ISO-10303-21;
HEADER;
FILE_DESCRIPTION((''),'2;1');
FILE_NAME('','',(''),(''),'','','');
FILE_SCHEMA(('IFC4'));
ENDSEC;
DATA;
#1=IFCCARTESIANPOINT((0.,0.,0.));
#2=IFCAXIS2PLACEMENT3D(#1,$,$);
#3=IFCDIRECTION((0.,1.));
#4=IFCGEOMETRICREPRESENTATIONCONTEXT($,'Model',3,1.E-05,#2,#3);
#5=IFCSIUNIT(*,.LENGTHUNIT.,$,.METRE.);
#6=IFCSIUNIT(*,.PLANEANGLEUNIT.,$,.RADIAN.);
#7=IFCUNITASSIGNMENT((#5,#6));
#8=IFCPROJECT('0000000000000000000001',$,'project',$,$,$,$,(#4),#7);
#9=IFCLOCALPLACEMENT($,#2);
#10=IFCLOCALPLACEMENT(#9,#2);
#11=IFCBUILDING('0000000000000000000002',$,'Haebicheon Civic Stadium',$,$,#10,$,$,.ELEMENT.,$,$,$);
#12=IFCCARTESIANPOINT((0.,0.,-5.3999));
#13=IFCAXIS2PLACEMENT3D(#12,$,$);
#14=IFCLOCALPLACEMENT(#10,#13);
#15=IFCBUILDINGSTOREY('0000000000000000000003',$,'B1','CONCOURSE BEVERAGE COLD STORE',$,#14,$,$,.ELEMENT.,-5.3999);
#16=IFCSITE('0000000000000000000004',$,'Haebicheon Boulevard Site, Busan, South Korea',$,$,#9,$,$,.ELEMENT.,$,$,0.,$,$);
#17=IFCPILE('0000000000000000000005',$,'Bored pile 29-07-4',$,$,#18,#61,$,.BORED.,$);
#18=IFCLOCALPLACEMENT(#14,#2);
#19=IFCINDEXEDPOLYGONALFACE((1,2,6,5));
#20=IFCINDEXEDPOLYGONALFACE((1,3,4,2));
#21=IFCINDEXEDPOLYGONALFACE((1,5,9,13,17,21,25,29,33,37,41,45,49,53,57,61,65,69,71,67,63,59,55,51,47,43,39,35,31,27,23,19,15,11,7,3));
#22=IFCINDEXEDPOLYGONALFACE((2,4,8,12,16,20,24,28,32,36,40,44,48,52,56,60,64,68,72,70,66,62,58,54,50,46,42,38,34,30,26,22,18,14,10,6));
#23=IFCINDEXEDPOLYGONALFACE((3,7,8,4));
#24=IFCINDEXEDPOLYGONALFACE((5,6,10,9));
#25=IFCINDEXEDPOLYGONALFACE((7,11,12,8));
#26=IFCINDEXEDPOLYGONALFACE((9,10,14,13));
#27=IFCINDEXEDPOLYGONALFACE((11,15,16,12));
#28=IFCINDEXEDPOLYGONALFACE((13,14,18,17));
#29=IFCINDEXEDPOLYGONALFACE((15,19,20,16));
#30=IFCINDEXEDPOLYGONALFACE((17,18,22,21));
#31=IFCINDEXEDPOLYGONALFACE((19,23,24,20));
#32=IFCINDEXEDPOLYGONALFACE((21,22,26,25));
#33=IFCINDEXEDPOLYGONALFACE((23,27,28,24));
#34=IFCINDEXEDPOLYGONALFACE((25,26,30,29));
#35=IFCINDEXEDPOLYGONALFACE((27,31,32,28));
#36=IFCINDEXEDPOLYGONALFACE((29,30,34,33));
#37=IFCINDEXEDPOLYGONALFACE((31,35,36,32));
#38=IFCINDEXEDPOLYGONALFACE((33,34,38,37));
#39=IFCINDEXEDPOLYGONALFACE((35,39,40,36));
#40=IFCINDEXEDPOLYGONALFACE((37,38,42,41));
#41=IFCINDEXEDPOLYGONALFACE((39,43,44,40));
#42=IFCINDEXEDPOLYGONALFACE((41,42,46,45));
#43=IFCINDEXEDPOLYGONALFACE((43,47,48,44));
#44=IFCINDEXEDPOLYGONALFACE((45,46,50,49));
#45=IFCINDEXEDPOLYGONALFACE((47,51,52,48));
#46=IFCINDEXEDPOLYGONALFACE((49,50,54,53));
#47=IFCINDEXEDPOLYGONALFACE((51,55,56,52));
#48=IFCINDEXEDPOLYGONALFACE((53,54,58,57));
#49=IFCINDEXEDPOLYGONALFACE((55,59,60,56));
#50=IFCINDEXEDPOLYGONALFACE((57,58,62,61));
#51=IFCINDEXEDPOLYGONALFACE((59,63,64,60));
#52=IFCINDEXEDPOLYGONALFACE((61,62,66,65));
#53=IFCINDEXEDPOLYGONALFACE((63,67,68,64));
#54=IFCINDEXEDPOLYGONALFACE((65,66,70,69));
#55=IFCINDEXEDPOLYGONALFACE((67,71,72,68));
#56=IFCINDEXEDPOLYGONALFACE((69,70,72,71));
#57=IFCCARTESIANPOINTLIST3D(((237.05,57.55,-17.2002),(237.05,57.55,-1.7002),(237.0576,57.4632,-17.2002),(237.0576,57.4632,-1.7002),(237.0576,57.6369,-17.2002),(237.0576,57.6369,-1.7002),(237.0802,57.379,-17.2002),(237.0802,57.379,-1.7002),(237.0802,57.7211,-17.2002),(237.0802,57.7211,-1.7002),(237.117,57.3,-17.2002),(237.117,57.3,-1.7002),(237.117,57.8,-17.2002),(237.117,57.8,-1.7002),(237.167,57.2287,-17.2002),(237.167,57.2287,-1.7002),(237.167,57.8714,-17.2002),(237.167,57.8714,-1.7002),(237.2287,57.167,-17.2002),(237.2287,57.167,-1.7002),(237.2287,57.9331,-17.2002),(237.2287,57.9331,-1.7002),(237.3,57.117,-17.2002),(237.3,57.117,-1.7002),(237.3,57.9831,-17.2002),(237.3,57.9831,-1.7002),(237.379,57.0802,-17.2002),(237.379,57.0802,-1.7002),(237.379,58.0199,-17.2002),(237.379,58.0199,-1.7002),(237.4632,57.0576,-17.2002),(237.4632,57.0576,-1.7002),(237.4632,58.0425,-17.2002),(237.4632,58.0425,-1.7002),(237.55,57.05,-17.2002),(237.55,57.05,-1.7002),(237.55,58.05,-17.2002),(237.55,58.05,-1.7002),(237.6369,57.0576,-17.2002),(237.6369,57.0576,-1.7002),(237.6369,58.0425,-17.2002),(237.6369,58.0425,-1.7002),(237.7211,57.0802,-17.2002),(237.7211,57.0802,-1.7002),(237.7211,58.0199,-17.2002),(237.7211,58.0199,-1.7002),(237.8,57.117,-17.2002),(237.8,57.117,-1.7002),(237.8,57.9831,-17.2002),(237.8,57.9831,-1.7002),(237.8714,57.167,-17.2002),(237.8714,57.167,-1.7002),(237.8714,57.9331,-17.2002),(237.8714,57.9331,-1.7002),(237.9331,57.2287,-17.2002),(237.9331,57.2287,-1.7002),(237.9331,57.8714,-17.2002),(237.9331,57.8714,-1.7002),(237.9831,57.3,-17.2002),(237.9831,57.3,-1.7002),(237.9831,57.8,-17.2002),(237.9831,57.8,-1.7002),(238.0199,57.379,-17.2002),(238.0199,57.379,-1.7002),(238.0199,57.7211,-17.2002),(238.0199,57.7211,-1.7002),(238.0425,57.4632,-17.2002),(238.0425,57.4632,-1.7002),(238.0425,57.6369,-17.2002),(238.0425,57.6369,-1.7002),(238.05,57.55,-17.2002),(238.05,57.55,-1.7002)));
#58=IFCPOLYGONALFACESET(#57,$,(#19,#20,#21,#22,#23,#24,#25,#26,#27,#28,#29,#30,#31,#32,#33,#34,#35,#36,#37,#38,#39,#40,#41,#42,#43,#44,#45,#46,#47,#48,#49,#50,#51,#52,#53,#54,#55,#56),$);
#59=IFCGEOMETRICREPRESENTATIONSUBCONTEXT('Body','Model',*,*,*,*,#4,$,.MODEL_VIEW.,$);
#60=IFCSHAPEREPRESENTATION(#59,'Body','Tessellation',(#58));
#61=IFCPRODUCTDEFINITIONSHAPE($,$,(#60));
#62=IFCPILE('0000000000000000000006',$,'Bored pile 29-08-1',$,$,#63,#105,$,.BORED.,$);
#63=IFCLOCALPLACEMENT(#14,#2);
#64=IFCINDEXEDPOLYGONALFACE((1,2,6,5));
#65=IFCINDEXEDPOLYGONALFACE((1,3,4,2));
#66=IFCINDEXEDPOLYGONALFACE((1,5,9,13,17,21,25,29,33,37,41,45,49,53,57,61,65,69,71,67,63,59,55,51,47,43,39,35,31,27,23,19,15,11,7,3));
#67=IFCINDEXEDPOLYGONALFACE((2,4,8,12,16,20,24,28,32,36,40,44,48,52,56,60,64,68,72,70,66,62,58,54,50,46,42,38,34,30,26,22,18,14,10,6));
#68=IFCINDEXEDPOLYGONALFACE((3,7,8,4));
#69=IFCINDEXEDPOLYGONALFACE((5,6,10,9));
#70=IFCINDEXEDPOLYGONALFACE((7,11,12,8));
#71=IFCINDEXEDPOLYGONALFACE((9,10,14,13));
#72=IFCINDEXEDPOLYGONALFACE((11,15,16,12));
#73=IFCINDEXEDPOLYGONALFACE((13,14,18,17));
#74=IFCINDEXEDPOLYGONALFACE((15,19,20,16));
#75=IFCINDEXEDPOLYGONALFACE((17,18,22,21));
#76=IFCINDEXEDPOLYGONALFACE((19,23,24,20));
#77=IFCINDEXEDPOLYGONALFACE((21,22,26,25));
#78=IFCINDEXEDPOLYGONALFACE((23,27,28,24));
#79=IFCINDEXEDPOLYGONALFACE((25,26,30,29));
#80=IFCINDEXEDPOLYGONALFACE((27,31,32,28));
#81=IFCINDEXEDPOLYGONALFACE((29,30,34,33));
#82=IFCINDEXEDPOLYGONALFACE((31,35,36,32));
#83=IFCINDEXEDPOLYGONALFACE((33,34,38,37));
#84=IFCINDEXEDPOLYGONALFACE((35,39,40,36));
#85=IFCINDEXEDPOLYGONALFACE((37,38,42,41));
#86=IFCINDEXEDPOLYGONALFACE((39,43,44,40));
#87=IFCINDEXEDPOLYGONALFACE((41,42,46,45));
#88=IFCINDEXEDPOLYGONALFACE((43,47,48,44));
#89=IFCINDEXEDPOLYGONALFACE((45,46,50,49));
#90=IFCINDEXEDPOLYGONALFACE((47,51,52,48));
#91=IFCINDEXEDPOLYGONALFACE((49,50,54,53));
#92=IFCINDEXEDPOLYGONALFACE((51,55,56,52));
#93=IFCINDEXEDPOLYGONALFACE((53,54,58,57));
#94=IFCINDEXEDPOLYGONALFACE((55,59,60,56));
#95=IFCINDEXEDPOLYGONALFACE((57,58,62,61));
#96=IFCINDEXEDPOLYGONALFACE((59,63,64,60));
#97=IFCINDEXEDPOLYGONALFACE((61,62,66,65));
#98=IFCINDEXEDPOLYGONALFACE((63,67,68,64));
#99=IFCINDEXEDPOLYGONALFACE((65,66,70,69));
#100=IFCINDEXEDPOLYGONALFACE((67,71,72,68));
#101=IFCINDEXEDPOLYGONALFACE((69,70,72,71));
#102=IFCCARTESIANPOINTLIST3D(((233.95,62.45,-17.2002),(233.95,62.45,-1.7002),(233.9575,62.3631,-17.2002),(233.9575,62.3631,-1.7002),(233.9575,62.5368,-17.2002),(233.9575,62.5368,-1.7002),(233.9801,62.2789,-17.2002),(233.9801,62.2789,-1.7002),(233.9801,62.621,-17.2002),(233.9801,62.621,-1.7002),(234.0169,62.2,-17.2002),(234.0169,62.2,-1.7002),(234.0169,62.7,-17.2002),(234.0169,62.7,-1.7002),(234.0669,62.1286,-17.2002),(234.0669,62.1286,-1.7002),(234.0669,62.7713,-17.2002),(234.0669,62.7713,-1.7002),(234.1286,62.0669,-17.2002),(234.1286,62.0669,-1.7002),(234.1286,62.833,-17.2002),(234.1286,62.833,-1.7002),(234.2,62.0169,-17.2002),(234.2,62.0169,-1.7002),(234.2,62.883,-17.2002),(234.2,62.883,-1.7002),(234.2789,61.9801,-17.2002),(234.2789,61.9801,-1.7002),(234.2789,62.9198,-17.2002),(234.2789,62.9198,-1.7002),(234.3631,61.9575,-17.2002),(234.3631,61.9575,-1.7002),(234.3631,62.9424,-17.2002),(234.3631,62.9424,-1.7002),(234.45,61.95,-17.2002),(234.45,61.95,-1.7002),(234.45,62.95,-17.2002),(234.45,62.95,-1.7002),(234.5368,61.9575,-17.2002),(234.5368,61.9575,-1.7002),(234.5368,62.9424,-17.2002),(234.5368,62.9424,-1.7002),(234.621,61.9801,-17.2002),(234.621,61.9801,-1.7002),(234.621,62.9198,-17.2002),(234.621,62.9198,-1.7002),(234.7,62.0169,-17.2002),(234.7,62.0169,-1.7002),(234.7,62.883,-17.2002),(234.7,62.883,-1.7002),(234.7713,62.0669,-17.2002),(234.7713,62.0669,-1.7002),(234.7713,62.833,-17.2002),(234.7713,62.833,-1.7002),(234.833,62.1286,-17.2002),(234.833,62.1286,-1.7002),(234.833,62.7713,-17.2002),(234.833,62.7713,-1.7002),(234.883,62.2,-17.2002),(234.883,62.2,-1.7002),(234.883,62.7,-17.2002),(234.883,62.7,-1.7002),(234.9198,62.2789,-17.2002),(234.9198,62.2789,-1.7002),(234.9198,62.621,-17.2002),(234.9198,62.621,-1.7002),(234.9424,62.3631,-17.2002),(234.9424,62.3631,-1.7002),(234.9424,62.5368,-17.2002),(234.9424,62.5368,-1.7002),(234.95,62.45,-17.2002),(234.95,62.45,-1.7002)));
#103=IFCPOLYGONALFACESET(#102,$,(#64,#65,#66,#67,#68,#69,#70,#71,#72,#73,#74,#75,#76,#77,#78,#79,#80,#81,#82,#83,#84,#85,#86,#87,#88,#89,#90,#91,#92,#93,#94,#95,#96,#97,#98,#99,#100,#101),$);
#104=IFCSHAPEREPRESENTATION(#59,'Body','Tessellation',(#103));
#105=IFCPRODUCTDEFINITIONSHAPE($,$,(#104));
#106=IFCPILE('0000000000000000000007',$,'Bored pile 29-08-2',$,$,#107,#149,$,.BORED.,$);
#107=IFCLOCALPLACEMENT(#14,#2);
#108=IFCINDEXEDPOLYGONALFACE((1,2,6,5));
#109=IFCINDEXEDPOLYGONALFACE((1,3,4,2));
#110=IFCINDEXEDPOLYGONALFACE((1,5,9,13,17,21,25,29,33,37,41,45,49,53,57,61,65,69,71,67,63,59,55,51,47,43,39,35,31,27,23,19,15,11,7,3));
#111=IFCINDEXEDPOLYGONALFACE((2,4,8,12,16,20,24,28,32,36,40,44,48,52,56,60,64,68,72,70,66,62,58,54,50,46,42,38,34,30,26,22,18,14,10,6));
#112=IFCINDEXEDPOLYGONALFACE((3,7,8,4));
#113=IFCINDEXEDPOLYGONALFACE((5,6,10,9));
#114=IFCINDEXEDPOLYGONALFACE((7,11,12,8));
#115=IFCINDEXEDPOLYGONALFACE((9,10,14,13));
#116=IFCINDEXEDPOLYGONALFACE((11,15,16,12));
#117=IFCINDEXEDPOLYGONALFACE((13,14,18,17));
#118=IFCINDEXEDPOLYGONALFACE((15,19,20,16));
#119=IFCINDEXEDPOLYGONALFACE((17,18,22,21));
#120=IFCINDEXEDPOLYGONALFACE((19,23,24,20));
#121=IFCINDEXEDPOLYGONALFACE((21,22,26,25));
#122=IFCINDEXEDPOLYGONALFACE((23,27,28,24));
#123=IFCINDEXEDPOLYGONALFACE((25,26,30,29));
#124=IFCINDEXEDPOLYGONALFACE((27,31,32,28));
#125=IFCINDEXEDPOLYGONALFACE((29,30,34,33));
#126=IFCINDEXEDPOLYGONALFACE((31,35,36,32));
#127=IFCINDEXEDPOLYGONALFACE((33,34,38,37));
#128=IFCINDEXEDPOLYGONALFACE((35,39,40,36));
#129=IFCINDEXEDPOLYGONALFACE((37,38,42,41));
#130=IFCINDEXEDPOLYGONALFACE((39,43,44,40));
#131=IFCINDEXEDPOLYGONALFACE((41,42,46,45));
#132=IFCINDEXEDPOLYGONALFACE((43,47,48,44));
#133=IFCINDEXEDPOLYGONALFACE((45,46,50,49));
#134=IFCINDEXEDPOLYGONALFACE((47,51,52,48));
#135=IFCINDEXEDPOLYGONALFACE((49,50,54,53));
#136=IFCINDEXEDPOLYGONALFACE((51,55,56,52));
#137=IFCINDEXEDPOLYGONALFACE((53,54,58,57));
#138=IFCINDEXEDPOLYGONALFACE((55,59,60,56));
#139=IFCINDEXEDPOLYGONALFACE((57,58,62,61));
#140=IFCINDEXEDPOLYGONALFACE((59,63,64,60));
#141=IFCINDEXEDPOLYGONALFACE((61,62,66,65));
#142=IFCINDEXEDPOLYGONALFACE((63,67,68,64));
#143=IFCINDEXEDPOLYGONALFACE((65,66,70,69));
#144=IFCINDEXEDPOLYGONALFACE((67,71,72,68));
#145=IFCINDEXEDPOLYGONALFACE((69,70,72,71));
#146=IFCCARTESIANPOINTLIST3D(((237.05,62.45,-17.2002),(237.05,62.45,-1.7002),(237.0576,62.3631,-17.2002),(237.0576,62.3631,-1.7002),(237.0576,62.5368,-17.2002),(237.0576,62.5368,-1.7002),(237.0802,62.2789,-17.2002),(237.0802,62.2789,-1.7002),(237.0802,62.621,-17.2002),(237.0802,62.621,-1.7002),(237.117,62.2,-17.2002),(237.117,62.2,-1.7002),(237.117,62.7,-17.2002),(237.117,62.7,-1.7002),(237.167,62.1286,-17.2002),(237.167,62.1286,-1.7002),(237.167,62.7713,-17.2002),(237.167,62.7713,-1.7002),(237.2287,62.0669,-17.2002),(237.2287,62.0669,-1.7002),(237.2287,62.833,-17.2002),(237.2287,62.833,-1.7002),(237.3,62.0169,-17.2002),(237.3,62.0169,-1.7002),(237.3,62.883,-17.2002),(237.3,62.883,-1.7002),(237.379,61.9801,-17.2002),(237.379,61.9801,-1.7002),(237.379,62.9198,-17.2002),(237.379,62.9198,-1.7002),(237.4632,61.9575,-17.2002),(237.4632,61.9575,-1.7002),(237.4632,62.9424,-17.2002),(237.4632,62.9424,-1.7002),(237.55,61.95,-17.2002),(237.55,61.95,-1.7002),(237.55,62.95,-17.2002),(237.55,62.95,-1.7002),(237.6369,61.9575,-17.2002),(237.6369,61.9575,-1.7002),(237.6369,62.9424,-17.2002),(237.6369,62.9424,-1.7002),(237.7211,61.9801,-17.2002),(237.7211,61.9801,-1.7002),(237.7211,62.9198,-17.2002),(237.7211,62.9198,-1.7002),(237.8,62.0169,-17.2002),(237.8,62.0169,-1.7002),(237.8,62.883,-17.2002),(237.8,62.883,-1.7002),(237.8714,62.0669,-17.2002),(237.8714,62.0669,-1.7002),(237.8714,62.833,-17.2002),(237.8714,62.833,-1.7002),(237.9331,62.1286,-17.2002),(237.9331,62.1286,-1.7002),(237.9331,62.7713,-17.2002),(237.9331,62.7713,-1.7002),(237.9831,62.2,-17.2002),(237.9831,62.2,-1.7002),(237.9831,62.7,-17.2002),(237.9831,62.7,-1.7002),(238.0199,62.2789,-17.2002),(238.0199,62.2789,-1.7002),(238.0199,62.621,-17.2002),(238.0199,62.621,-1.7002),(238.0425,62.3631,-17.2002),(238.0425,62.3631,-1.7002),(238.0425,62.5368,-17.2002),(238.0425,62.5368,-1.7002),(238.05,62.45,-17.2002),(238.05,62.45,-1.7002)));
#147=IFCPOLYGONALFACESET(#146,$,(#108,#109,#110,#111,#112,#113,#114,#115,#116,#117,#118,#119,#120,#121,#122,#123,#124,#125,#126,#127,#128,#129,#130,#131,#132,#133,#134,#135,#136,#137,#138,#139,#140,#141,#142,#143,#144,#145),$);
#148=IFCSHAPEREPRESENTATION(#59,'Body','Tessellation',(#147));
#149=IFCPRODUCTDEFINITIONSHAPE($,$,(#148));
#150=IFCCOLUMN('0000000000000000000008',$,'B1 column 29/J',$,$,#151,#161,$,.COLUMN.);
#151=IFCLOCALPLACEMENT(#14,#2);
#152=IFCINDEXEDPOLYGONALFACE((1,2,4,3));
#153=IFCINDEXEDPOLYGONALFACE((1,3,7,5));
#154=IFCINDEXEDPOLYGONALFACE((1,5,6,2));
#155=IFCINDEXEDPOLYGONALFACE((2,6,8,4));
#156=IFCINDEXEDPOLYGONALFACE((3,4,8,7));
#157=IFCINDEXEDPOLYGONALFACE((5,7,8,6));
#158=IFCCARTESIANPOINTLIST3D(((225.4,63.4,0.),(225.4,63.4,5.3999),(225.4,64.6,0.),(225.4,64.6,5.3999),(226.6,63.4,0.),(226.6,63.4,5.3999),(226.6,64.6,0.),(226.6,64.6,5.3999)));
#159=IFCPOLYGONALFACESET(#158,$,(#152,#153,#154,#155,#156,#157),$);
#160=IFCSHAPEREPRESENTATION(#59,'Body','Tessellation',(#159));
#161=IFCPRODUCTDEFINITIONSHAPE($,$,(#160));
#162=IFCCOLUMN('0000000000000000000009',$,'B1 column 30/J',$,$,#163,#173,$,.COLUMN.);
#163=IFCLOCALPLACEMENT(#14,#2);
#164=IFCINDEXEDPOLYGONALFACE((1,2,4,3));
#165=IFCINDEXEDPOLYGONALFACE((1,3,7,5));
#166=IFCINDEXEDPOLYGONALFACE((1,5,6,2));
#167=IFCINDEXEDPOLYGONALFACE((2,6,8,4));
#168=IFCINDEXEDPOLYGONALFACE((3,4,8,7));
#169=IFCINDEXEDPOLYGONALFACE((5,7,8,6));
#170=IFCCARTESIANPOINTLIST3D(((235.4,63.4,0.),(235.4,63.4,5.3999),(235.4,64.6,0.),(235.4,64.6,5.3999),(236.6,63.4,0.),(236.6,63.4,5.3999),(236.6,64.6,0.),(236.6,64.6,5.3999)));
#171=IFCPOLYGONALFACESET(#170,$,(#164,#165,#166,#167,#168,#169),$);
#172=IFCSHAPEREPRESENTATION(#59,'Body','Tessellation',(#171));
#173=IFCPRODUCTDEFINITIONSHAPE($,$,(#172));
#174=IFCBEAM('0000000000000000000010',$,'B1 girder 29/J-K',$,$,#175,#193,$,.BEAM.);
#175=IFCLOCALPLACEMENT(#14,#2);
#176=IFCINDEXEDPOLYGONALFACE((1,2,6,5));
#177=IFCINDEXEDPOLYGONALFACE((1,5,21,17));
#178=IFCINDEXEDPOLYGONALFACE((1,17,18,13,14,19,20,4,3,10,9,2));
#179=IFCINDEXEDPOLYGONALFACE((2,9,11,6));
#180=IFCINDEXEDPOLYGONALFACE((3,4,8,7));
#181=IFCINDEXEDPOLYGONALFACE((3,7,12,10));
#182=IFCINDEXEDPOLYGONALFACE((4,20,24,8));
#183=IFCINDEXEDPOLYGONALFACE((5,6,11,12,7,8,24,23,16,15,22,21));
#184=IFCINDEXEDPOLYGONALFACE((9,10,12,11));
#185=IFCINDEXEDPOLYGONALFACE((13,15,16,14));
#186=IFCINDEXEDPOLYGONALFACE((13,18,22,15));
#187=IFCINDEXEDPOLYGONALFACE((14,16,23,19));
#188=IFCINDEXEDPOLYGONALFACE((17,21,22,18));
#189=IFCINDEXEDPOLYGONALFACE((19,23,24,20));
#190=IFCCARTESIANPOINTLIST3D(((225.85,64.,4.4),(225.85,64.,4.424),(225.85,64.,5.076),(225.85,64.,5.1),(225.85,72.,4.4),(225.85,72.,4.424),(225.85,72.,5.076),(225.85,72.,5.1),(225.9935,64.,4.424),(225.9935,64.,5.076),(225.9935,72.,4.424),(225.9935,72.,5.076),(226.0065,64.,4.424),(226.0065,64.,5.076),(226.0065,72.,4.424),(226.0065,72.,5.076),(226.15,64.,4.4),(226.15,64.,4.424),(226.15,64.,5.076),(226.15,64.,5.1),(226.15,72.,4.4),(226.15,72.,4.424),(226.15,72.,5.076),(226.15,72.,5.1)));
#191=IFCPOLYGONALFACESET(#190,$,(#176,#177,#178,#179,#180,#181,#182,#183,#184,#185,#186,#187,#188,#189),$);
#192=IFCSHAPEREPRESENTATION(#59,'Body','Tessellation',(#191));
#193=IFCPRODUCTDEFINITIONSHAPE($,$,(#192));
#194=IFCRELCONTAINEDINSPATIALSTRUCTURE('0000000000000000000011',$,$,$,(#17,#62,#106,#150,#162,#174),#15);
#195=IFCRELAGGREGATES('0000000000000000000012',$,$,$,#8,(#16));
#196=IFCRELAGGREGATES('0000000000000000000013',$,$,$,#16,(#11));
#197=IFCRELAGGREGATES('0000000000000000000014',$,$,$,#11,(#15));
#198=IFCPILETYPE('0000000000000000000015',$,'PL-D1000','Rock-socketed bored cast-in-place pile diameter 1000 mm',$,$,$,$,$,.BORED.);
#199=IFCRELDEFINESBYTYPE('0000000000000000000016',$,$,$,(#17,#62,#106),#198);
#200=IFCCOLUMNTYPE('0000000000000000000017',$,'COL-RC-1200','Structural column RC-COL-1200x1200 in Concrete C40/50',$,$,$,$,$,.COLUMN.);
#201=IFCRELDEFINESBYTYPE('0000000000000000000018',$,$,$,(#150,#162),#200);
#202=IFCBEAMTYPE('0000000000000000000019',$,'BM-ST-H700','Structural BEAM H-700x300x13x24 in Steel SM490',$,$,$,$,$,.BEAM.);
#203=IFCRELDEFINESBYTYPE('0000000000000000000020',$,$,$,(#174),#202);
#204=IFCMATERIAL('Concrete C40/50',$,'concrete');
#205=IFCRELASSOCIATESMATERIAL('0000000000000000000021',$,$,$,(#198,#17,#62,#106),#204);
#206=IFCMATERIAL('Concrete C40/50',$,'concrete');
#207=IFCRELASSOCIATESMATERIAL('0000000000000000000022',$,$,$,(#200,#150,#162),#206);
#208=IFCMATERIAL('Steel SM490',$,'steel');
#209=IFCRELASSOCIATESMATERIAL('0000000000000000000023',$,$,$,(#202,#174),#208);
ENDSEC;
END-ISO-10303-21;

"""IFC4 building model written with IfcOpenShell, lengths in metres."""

from ifc_helpers import new_model, si_unit, direction, frame, origin, origin_2d, place, context, subcontext, project, spatial, rectangle, circle, i_section, extrude, material, material_profile, profile_set, type_object, element, save


model = new_model("IFC4")

# Units and contexts
model_context = context("Model", 3, precision=1e-05, world=origin(), true_north=direction((0.0, 1.0)))
body_context = subcontext(model_context, "Body", "Model", "MODEL_VIEW")
ifc_project = project(units=[si_unit("LENGTHUNIT", "METRE"), si_unit("PLANEANGLEUNIT", "RADIAN")], contexts=[model_context])

# Site, building, storey
site_placement = place(None, origin())
site = spatial("IfcSite", under=ifc_project, at=site_placement, Name="Haebicheon Boulevard Site, Busan, South Korea", CompositionType="ELEMENT", RefElevation=0.0)
building_placement = place(site_placement, origin())
building = spatial("IfcBuilding", under=site, at=building_placement, Name="Haebicheon Civic Stadium", CompositionType="ELEMENT")
storey_placement = place(building_placement, frame((0.0, 0.0, -5.3999)))
storey = spatial("IfcBuildingStorey", under=building, at=storey_placement, Name="B1", Description="CONCOURSE BEVERAGE COLD STORE", CompositionType="ELEMENT", Elevation=-5.3999)

# Piles
ifc_material_1 = material(Name="Concrete C40/50", Category="concrete")
ifc_material_profile_1 = material_profile(ifc_material_1, circle(Radius=0.5, at=origin_2d()), Name="PILE-D1000")
ifc_profile_set_1 = profile_set([ifc_material_profile_1], Name="Concrete C40/50")
pile_type = type_object("IfcPileType", Name="PL-D1000", Description="Rock-socketed bored cast-in-place pile diameter 1000 mm", PredefinedType="BORED", material=ifc_profile_set_1)
for number, where, z_axis, x_axis, name in (
    (1, (237.55, 57.55, -1.7002), (0.0, 0.0, -1.0), (1.0, 0.0, 0.0), "Bored pile 29-07-4"),
    (2, (234.45, 62.45, -1.7002), (0.0, 0.0, -1.0), (1.0, 0.0, 0.0), "Bored pile 29-08-1"),
    (3, (237.55, 62.45, -1.7002), (0.0, 0.0, -1.0), (1.0, 0.0, 0.0), "Bored pile 29-08-2"),
):
    element("IfcPile", number, at=place(storey_placement, frame(where, z_axis=z_axis, x_axis=x_axis)), inside=storey, type_object=pile_type, material=ifc_profile_set_1, Name=name, PredefinedType="BORED", context=body_context, shape_type="SweptSolid", body=[
        extrude(circle(Radius=0.5, at=origin_2d()), origin(), (0.0, 0.0, 1.0), 15.5),
    ])

# Columns
ifc_material_2 = material(Name="Concrete C40/50", Category="concrete")
ifc_material_profile_2 = material_profile(ifc_material_2, rectangle(XDim=1.2, YDim=1.2, at=origin_2d()), Name="RC-COL-1200x1200")
ifc_profile_set_2 = profile_set([ifc_material_profile_2], Name="Concrete C40/50")
column_type = type_object("IfcColumnType", Name="COL-RC-1200", Description="Structural column RC-COL-1200x1200 in Concrete C40/50", PredefinedType="COLUMN", material=ifc_profile_set_2)
for number, where, z_axis, x_axis, name in (
    (4, (226.0, 64.0, 0.0), (0.0, 0.0, 1.0), (1.0, 0.0, 0.0), "B1 column 29/J"),
    (5, (236.0, 64.0, 0.0), (0.0, 0.0, 1.0), (1.0, 0.0, 0.0), "B1 column 30/J"),
):
    element("IfcColumn", number, at=place(storey_placement, frame(where, z_axis=z_axis, x_axis=x_axis)), inside=storey, type_object=column_type, material=ifc_profile_set_2, Name=name, PredefinedType="COLUMN", context=body_context, shape_type="SweptSolid", body=[
        extrude(rectangle(XDim=1.2, YDim=1.2, at=origin_2d()), origin(), (0.0, 0.0, 1.0), 5.3999),
    ])

# Beam
ifc_material_3 = material(Name="Steel SM490", Category="steel")
ifc_material_profile_3 = material_profile(ifc_material_3, i_section(OverallWidth=0.3, OverallDepth=0.7, WebThickness=0.0129, FlangeThickness=0.0239, at=origin_2d()), Name="H-700x300x13x24")
ifc_profile_set_3 = profile_set([ifc_material_profile_3], Name="Steel SM490")
beam_type_1 = type_object("IfcBeamType", Name="BM-ST-H700", Description="Structural BEAM H-700x300x13x24 in Steel SM490", PredefinedType="BEAM", material=ifc_profile_set_3)
beam_1_placement = place(storey_placement, frame((226.0, 64.0, 4.75), z_axis=(0.0, 1.0, 0.0), x_axis=(-1.0, 0.0, 0.0)))
element("IfcBeam", 6, at=beam_1_placement, inside=storey, type_object=beam_type_1, material=ifc_profile_set_3, Name="B1 girder 29/J-K", PredefinedType="BEAM", context=body_context, shape_type="SweptSolid", body=[
    extrude(i_section(OverallWidth=0.3, OverallDepth=0.7, WebThickness=0.0129, FlangeThickness=0.0239, at=origin_2d()), origin(), (0.0, 0.0, 1.0), 8.0),
])

save(model, "model.ifc")
